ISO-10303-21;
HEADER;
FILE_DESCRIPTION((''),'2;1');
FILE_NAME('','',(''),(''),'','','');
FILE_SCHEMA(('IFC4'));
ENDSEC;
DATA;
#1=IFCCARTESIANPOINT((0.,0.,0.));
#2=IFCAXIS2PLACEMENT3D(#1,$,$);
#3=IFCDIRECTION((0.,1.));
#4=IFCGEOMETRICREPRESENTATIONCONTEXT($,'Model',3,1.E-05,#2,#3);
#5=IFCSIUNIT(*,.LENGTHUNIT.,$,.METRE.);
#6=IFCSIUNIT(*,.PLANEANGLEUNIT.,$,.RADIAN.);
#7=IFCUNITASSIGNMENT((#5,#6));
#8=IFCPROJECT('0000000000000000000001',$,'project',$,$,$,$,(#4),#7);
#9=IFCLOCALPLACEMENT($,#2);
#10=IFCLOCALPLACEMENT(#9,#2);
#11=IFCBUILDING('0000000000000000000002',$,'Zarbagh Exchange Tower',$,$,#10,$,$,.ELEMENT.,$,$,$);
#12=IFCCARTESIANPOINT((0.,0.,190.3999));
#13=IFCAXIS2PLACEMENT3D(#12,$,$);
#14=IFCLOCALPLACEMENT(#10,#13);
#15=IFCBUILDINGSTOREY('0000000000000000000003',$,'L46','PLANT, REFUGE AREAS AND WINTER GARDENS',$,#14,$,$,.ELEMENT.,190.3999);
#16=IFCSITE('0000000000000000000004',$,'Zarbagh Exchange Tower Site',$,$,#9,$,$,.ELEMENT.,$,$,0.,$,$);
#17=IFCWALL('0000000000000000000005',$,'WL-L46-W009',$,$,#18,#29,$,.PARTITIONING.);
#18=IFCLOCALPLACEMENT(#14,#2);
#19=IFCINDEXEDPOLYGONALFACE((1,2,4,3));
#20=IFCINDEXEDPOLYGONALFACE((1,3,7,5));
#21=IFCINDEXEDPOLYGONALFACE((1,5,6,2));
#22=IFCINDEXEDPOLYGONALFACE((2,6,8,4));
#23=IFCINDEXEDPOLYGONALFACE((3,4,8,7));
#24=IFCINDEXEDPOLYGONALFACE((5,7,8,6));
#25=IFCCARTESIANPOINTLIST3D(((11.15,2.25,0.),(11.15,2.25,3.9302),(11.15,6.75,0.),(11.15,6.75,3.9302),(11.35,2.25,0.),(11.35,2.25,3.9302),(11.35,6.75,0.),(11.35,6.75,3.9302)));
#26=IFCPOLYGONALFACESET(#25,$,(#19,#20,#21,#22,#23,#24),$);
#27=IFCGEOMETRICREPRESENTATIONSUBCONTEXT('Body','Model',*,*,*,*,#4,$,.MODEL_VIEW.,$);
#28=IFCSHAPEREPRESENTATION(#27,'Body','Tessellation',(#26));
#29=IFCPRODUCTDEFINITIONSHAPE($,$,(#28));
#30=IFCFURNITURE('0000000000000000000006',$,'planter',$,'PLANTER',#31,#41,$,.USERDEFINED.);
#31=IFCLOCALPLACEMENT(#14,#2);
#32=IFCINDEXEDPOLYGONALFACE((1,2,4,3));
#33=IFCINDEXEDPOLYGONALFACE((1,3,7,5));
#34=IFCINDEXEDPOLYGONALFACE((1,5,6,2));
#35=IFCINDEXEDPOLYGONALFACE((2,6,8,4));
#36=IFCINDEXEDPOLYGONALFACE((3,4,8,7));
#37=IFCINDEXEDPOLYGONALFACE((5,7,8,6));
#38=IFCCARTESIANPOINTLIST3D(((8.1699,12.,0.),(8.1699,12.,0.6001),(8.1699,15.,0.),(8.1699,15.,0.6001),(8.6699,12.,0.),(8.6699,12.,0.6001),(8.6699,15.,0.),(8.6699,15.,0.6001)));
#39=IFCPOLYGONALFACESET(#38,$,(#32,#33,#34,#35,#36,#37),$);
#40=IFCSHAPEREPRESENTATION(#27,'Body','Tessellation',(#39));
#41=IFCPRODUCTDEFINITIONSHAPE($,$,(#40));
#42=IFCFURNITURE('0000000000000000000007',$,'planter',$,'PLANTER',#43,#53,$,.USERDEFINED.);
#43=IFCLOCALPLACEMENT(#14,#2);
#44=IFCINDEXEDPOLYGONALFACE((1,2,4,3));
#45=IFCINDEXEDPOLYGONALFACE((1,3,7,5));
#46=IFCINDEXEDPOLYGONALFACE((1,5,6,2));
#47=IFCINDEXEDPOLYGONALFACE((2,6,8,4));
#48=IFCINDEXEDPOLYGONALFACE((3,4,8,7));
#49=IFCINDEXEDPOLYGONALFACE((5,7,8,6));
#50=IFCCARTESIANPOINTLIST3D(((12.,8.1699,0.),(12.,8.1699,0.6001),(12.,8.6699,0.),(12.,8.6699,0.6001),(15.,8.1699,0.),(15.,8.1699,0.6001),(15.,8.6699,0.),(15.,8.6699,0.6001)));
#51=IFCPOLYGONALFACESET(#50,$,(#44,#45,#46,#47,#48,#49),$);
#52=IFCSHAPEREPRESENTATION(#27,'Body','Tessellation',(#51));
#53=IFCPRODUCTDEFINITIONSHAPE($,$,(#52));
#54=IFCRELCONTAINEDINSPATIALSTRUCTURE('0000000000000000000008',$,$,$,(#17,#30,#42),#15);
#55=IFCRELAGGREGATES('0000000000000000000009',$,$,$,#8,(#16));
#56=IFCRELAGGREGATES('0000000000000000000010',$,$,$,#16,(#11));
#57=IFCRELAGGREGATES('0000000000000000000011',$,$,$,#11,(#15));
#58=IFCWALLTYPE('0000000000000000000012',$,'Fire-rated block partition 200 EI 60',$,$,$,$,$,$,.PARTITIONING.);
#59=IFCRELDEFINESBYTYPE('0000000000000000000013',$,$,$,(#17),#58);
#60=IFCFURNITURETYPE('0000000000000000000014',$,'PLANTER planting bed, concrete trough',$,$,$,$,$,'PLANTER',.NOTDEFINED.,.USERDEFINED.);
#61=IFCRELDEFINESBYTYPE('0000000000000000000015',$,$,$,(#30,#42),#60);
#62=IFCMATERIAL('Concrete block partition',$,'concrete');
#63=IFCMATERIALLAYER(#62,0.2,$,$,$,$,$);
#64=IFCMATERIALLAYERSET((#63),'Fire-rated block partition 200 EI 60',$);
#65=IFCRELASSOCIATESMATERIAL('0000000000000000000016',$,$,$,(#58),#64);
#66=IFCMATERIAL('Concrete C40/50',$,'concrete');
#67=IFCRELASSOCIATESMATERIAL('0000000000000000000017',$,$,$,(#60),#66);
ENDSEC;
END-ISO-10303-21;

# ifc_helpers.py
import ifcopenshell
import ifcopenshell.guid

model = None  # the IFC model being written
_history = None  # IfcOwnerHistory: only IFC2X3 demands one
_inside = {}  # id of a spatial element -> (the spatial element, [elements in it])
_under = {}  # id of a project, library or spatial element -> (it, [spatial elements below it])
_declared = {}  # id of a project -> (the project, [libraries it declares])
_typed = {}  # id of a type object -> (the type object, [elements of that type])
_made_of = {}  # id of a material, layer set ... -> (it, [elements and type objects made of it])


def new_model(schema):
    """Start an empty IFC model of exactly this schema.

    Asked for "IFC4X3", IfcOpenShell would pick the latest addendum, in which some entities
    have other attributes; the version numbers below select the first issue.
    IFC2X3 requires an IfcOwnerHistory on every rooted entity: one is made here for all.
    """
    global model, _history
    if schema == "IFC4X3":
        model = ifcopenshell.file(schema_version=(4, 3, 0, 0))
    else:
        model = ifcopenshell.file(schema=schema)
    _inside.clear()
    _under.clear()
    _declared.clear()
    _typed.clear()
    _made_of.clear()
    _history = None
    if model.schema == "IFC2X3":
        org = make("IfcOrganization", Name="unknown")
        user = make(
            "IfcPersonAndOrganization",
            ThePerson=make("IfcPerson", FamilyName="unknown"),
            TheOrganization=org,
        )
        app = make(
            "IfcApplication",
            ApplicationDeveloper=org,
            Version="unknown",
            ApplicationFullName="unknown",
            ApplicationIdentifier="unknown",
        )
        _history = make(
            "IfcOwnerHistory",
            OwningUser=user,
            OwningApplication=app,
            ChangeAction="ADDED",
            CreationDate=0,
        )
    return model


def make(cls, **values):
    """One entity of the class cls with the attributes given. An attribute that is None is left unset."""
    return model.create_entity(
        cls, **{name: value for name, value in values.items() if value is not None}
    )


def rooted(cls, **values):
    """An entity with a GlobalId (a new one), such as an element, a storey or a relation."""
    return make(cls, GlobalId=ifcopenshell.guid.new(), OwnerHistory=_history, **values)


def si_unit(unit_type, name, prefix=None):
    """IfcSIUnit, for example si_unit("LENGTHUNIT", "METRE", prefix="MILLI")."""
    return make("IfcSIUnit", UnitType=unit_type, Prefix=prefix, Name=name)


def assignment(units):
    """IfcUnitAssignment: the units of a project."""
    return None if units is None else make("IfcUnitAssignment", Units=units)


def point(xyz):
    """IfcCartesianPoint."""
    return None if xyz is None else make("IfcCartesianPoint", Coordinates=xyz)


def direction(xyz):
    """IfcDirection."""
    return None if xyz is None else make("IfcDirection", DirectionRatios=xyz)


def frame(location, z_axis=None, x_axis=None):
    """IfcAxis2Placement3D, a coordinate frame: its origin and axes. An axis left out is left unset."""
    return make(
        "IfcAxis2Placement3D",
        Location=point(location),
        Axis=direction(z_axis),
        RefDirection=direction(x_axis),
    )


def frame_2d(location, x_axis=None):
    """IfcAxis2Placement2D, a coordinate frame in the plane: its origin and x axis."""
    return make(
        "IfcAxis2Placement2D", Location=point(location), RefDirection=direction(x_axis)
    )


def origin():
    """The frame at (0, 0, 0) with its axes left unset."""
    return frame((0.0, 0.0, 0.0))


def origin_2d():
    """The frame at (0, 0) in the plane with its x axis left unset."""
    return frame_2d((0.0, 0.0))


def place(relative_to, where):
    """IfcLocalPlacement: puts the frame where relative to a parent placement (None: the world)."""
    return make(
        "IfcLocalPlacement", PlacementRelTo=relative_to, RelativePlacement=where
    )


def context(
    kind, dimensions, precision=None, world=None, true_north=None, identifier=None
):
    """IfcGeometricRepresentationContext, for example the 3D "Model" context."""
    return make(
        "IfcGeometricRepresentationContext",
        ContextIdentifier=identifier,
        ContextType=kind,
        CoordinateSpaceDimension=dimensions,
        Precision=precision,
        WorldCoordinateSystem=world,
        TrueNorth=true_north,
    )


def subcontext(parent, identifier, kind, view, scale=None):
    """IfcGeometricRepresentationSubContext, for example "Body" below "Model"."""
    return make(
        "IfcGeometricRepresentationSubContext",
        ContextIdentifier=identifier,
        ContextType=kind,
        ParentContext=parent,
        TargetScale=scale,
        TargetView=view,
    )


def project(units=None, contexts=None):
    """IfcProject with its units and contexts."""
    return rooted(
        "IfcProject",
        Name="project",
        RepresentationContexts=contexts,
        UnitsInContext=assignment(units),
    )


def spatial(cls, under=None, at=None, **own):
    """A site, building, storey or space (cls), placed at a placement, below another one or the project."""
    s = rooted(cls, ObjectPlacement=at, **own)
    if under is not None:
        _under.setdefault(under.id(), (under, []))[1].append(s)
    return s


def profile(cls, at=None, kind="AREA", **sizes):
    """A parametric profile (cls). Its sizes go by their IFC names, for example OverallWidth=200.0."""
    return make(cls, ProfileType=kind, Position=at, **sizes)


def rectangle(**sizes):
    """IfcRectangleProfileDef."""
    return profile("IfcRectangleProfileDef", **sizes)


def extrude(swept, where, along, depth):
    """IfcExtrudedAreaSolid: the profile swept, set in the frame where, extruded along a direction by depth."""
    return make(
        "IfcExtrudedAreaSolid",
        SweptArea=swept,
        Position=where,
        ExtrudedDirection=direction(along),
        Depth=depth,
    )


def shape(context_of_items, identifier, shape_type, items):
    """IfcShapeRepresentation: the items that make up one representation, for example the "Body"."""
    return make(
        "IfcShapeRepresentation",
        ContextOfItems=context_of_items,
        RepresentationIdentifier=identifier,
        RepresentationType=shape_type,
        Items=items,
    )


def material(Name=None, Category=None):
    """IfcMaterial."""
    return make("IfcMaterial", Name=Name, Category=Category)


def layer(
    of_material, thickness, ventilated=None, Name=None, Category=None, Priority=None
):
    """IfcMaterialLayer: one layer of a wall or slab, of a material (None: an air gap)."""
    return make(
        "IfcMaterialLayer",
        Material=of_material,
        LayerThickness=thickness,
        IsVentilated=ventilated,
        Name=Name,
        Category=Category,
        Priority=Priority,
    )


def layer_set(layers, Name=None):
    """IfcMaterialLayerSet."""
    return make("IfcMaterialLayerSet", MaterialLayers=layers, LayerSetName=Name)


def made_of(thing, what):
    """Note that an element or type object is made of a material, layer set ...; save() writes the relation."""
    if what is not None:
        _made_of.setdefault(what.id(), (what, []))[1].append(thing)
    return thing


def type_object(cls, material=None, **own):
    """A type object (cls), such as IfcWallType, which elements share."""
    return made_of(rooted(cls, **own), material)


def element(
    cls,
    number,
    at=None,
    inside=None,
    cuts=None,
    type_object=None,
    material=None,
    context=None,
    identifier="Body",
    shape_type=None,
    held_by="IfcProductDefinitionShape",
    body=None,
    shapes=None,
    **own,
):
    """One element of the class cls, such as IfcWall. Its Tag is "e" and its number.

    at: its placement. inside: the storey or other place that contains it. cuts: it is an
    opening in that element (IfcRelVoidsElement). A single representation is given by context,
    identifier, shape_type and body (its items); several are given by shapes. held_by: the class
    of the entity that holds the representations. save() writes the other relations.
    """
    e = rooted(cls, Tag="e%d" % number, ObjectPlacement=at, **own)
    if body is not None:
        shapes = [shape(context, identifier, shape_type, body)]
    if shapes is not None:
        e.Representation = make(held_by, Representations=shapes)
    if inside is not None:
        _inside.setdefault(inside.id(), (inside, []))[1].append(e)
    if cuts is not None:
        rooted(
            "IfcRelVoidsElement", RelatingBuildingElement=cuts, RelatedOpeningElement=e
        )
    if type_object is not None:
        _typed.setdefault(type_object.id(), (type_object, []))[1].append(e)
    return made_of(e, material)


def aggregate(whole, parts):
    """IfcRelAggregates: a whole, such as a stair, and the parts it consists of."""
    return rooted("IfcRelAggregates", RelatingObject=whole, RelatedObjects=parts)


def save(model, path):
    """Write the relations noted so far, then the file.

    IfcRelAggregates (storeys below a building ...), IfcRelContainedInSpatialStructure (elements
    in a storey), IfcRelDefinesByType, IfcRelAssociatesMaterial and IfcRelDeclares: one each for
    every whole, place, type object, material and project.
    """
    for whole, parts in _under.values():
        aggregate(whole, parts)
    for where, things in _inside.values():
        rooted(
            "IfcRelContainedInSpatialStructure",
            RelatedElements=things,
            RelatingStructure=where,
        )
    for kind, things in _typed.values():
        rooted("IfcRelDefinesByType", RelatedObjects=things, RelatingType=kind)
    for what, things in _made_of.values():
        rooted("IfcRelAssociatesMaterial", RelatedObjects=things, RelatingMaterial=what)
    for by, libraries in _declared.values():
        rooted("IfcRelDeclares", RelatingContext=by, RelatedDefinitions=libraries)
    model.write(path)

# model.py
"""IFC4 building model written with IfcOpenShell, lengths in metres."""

from ifc_helpers import new_model, si_unit, direction, frame, frame_2d, origin, origin_2d, place, context, subcontext, project, spatial, rectangle, extrude, material, layer, layer_set, type_object, element, save


model = new_model("IFC4")

# Units and contexts
model_context = context("Model", 3, precision=1e-05, world=origin(), true_north=direction((0.0, 1.0)))
body_context = subcontext(model_context, "Body", "Model", "MODEL_VIEW")
ifc_project = project(units=[si_unit("LENGTHUNIT", "METRE"), si_unit("PLANEANGLEUNIT", "RADIAN")], contexts=[model_context])

# Site, building, storey
site_placement = place(None, origin())
site = spatial("IfcSite", under=ifc_project, at=site_placement, Name="Zarbagh Exchange Tower Site", CompositionType="ELEMENT", RefElevation=0.0)
building_placement = place(site_placement, origin())
building = spatial("IfcBuilding", under=site, at=building_placement, Name="Zarbagh Exchange Tower", CompositionType="ELEMENT")
storey_placement = place(building_placement, frame((0.0, 0.0, 190.3999)))
storey = spatial("IfcBuildingStorey", under=building, at=storey_placement, Name="L46", Description="PLANT, REFUGE AREAS AND WINTER GARDENS", CompositionType="ELEMENT", Elevation=190.3999)

# Shared definitions
ifc_material_1 = material(Name="Concrete C40/50", Category="concrete")

# Wall
ifc_material_2 = material(Name="Concrete block partition", Category="concrete")
ifc_layer_1 = layer(ifc_material_2, 0.2)
ifc_layer_set_1 = layer_set([ifc_layer_1], Name="Fire-rated block partition 200 EI 60")
wall_type_1 = type_object("IfcWallType", Name="Fire-rated block partition 200 EI 60", PredefinedType="PARTITIONING", material=ifc_layer_set_1)
wall_1_placement = place(storey_placement, frame((11.25, 6.75, 0.0), z_axis=(0.0, 0.0, 1.0), x_axis=(0.0, -1.0, 0.0)))
element("IfcWall", 1, at=wall_1_placement, inside=storey, type_object=wall_type_1, Name="WL-L46-W009", PredefinedType="PARTITIONING", context=body_context, shape_type="SweptSolid", body=[
    extrude(rectangle(XDim=4.5, YDim=0.2, at=frame_2d((2.25, 0.0))), origin(), (0.0, 0.0, 1.0), 3.9302),
])

# Furniture
furniture_type = type_object("IfcFurnitureType", Name="PLANTER planting bed, concrete trough", ElementType="PLANTER", AssemblyPlace="NOTDEFINED", PredefinedType="USERDEFINED", material=ifc_material_1)
for number, where, z_axis, x_axis, name in (
    (2, (8.4199, 13.5, 0.0), (0.0, 0.0, 1.0), (0.0, -1.0, 0.0), "planter"),
    (3, (13.5, 8.4199, 0.0), (0.0, 0.0, 1.0), (1.0, 0.0, 0.0), "planter"),
):
    element("IfcFurniture", number, at=place(storey_placement, frame(where, z_axis=z_axis, x_axis=x_axis)), inside=storey, type_object=furniture_type, Name=name, ObjectType="PLANTER", PredefinedType="USERDEFINED", context=body_context, shape_type="SweptSolid", body=[
        extrude(rectangle(XDim=3.0, YDim=0.5, at=origin_2d()), origin(), (0.0, 0.0, 1.0), 0.6001),
    ])

save(model, "model.ifc")
